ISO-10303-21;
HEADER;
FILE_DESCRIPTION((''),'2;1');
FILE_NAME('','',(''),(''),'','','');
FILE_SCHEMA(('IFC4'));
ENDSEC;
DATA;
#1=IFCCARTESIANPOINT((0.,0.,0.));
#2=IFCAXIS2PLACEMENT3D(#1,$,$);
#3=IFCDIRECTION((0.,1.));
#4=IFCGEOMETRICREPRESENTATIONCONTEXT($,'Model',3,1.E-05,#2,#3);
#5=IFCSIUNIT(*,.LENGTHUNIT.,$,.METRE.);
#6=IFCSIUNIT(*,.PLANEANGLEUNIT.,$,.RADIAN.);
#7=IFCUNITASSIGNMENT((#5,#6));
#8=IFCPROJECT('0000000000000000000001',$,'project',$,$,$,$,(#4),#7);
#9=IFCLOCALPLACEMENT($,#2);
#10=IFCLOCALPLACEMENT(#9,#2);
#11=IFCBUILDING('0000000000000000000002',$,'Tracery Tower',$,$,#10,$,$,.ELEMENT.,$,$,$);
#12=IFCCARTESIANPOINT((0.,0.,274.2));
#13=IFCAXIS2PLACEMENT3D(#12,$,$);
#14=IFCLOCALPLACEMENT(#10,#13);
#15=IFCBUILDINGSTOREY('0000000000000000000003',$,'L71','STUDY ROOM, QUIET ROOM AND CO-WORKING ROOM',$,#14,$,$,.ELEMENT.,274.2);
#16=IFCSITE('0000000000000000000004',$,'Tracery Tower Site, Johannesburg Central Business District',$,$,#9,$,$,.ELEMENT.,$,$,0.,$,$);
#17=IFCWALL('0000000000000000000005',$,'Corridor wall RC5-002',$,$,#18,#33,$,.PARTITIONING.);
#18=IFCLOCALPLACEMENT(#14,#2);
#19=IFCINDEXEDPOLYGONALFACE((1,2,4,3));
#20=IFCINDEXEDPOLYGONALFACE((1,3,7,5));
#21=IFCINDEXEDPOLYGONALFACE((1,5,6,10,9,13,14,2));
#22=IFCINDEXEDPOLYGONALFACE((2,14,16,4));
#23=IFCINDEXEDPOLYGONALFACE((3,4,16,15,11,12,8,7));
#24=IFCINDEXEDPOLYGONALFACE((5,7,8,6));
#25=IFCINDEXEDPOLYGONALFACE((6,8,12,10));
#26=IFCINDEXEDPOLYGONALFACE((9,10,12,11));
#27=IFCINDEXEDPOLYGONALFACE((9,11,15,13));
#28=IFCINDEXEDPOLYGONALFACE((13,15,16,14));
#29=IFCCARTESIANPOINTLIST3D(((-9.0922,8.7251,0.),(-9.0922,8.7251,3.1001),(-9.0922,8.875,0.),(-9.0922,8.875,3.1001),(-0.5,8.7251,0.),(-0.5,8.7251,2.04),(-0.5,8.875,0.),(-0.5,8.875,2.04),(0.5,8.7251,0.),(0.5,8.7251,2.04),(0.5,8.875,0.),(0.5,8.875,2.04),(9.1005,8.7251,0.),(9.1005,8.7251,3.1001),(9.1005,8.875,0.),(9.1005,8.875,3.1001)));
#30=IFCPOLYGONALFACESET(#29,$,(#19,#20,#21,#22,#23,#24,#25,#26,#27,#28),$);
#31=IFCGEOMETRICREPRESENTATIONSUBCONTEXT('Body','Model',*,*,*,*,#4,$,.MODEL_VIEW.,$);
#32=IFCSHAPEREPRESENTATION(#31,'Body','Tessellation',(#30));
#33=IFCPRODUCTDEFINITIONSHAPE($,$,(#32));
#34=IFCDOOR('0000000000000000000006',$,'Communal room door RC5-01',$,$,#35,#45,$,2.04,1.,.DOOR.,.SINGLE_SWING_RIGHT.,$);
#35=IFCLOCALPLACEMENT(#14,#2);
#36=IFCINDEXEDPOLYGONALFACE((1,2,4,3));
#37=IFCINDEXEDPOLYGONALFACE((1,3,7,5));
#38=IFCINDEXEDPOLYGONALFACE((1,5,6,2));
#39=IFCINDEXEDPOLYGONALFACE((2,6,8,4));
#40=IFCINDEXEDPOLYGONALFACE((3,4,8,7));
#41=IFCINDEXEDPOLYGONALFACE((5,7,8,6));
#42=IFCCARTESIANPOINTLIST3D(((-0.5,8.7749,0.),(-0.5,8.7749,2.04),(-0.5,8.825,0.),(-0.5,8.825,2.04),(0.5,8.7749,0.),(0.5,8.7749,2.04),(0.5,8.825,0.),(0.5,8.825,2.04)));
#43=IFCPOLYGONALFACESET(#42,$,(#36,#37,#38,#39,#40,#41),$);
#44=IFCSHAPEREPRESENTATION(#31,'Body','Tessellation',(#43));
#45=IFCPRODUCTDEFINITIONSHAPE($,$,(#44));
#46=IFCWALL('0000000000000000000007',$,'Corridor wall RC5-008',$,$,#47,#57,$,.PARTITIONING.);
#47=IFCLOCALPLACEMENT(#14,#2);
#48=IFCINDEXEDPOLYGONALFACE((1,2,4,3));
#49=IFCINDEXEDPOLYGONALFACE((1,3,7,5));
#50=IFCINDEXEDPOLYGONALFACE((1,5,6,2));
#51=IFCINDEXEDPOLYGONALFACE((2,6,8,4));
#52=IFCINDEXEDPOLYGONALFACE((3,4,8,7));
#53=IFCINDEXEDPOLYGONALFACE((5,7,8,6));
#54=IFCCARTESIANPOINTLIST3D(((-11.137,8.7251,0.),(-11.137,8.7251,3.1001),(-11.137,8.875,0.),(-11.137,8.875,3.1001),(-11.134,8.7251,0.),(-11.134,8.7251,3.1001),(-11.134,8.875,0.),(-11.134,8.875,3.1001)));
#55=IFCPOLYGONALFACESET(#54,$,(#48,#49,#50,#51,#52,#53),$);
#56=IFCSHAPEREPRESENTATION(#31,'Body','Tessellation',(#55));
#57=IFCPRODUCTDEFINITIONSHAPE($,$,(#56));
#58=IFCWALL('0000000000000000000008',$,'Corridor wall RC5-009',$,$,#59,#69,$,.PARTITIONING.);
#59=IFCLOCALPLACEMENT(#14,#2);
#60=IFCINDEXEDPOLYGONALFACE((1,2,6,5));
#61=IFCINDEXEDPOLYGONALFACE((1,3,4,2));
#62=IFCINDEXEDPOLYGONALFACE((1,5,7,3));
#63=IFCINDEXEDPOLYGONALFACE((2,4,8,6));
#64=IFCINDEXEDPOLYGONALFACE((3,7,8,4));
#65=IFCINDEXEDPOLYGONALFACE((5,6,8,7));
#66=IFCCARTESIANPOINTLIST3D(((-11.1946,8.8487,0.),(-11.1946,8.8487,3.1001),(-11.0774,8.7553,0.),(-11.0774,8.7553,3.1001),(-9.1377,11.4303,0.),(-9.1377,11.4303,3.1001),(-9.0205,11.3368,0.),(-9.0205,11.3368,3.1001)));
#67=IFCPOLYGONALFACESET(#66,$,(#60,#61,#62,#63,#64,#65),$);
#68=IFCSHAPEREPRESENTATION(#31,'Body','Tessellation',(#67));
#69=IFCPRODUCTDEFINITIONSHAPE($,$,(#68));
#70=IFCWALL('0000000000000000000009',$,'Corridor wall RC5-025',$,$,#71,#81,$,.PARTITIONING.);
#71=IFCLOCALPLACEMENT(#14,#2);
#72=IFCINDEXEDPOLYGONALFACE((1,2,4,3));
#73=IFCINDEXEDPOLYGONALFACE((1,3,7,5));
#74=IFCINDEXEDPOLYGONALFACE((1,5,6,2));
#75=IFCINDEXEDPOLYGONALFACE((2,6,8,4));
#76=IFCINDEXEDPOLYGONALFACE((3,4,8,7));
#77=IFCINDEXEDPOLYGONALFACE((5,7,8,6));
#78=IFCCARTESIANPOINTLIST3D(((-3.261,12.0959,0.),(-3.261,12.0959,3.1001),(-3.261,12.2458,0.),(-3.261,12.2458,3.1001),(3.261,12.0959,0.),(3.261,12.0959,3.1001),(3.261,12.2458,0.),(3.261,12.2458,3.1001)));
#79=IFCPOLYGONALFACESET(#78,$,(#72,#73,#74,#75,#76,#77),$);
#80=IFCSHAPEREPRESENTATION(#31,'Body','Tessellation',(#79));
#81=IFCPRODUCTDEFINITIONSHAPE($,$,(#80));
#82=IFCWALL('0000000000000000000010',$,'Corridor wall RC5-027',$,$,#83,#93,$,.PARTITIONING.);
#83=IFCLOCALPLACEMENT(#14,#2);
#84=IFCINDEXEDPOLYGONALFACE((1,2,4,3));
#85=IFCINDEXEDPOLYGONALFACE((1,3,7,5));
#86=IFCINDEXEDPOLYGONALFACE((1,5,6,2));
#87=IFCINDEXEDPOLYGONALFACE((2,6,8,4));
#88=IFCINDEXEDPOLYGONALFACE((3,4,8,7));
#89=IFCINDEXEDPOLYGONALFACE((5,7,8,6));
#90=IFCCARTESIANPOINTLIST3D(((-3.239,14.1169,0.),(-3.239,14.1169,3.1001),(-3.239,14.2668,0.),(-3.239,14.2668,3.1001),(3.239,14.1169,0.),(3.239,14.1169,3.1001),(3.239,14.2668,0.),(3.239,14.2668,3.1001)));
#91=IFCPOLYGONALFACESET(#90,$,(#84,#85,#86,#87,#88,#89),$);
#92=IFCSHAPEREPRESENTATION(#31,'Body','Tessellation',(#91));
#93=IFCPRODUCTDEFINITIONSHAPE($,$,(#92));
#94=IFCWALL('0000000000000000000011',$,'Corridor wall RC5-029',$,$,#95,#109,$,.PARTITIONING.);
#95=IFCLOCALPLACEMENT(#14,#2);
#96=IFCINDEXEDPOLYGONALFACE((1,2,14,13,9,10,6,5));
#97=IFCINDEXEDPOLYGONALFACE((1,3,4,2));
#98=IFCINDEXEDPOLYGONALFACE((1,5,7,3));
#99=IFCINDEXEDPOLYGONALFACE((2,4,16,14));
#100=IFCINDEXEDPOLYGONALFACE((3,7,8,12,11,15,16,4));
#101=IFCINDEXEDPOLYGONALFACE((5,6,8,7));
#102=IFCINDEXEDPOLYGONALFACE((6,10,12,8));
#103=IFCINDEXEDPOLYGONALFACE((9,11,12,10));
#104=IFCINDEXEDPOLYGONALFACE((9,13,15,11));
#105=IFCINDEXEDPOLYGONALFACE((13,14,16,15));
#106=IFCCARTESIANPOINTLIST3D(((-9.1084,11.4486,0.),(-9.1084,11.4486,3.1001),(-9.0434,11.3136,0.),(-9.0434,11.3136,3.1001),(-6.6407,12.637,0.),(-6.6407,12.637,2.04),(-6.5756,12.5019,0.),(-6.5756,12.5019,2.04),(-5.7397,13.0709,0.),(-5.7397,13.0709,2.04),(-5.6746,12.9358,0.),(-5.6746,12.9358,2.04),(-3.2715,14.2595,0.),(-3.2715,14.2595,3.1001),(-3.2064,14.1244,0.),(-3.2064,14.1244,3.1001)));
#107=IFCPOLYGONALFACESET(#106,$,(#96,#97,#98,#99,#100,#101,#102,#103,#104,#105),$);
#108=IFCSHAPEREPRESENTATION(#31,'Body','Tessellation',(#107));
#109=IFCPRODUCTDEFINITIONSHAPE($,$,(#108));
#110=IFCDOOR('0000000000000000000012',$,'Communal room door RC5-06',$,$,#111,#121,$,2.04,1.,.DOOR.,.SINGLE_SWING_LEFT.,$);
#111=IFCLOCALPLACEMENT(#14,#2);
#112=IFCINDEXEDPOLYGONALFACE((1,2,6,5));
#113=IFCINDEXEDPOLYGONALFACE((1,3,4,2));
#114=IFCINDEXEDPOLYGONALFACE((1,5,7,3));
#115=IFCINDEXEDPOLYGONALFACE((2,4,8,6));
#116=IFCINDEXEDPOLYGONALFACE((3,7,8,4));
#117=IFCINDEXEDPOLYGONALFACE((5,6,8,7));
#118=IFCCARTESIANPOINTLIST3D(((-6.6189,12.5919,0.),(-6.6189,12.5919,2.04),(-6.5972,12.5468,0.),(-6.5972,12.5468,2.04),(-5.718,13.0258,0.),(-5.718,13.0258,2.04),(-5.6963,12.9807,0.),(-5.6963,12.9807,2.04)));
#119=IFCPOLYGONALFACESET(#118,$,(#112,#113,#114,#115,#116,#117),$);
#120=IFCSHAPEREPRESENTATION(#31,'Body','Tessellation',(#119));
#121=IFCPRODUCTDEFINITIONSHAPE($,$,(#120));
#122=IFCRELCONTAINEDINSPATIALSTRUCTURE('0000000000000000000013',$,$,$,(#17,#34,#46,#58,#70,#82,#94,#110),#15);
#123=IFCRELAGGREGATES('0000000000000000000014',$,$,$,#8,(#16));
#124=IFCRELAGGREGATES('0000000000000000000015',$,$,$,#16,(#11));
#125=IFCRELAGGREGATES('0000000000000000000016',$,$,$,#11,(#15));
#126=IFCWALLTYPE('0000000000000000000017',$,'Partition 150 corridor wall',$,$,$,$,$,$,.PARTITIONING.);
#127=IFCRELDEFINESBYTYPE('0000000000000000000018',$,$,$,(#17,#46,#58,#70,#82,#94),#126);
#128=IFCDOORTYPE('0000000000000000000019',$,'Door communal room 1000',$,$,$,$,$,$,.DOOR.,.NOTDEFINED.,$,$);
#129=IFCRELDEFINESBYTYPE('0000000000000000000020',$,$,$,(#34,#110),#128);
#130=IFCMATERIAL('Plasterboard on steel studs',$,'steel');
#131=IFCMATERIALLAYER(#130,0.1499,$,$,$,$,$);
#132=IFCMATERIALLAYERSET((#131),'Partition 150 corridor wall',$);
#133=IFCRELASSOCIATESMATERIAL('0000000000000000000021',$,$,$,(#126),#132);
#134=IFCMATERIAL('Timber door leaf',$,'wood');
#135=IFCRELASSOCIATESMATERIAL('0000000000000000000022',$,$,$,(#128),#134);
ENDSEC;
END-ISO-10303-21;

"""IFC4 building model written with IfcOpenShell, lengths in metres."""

from ifc_helpers import new_model, si_unit, direction, frame, frame_2d, origin, place, context, subcontext, project, spatial, rectangle, extrude, material, layer, layer_set, type_object, element, fill, save


model = new_model("IFC4")

# Units and contexts
model_context = context("Model", 3, precision=1e-05, world=origin(), true_north=direction((0.0, 1.0)))
body_context = subcontext(model_context, "Body", "Model", "MODEL_VIEW")
ifc_project = project(units=[si_unit("LENGTHUNIT", "METRE"), si_unit("PLANEANGLEUNIT", "RADIAN")], contexts=[model_context])

# Site, building, storey
site_placement = place(None, origin())
site = spatial("IfcSite", under=ifc_project, at=site_placement, Name="Tracery Tower Site, Johannesburg Central Business District", CompositionType="ELEMENT", RefElevation=0.0)
building_placement = place(site_placement, origin())
building = spatial("IfcBuilding", under=site, at=building_placement, Name="Tracery Tower", CompositionType="ELEMENT")
storey_placement = place(building_placement, frame((0.0, 0.0, 274.2)))
storey = spatial("IfcBuildingStorey", under=building, at=storey_placement, Name="L71", Description="STUDY ROOM, QUIET ROOM AND CO-WORKING ROOM", CompositionType="ELEMENT", Elevation=274.2)

# Shared definitions
ifc_material_1 = material(Name="Plasterboard on steel studs", Category="steel")
ifc_layer_1 = layer(ifc_material_1, 0.1499)
ifc_layer_set_1 = layer_set([ifc_layer_1], Name="Partition 150 corridor wall")
wall_type_1 = type_object("IfcWallType", Name="Partition 150 corridor wall", PredefinedType="PARTITIONING", material=ifc_layer_set_1)

# Wall, opening, door
wall_1_placement = place(storey_placement, frame((-9.092, 8.8, 0.0), z_axis=(0.0, 0.0, 1.0), x_axis=(1.0, 0.0, 0.0)))
wall_1 = element("IfcWall", 1, at=wall_1_placement, inside=storey, type_object=wall_type_1, Name="Corridor wall RC5-002", PredefinedType="PARTITIONING", context=body_context, shape_type="SweptSolid", body=[
    extrude(rectangle(XDim=18.1926, YDim=0.1499, at=frame_2d((9.0962, 0.0))), origin(), (0.0, 0.0, 1.0), 3.1001),
])
opening_1_placement = place(wall_1_placement, frame((8.592, 0.0, 0.0)))
opening_1 = element("IfcOpeningElement", 2, at=opening_1_placement, cuts=wall_1, PredefinedType="OPENING", context=body_context, shape_type="SweptSolid", body=[
    extrude(rectangle(XDim=1.0, YDim=2.04, at=frame_2d((0.5, 1.02))), frame((0.0, 0.075, 0.0), z_axis=(0.0, -1.0, 0.0), x_axis=(1.0, 0.0, 0.0)), (0.0, 0.0, 1.0), 0.1499),
])
ifc_material_2 = material(Name="Timber door leaf", Category="wood")
door_type = type_object("IfcDoorType", Name="Door communal room 1000", OperationType="NOTDEFINED", PredefinedType="DOOR", material=ifc_material_2)
door_1_placement = place(opening_1_placement, origin())
door_1 = element("IfcDoor", 3, at=door_1_placement, inside=storey, type_object=door_type, Name="Communal room door RC5-01", OperationType="SINGLE_SWING_RIGHT", OverallHeight=2.04, OverallWidth=1.0, PredefinedType="DOOR", context=body_context, shape_type="SweptSolid", body=[
    extrude(rectangle(XDim=1.0, YDim=2.04, at=frame_2d((0.5, 1.02))), frame((0.0, 0.0249, 0.0), z_axis=(0.0, -1.0, 0.0), x_axis=(1.0, 0.0, 0.0)), (0.0, 0.0, 1.0), 0.05),
])
fill(opening_1, door_1)

# Walls
wall_2_placement = place(storey_placement, frame((-11.134, 8.8, 0.0), z_axis=(0.0, 0.0, 1.0), x_axis=(-1.0, 0.0, 0.0)))
element("IfcWall", 4, at=wall_2_placement, inside=storey, type_object=wall_type_1, Name="Corridor wall RC5-008", PredefinedType="PARTITIONING", context=body_context, shape_type="SweptSolid", body=[
    extrude(rectangle(XDim=0.0029, YDim=0.1499, at=frame_2d((0.0015, 0.0))), origin(), (0.0, 0.0, 1.0), 3.1001),
])
wall_3_placement = place(storey_placement, frame((-11.136, 8.802, 0.0), z_axis=(0.0, 0.0, 1.0), x_axis=(0.623151, 0.782101, 0.0)))
element("IfcWall", 5, at=wall_3_placement, inside=storey, type_object=wall_type_1, Name="Corridor wall RC5-009", PredefinedType="PARTITIONING", context=body_context, shape_type="SweptSolid", body=[
    extrude(rectangle(XDim=3.3008, YDim=0.1499, at=frame_2d((1.6504, 0.0))), origin(), (0.0, 0.0, 1.0), 3.1001),
])
wall_4_placement = place(storey_placement, frame((-3.261, 12.1709, 0.0), z_axis=(0.0, 0.0, 1.0), x_axis=(1.0, 0.0, 0.0)))
element("IfcWall", 6, at=wall_4_placement, inside=storey, type_object=wall_type_1, Name="Corridor wall RC5-025", PredefinedType="PARTITIONING", context=body_context, shape_type="SweptSolid", body=[
    extrude(rectangle(XDim=6.522, YDim=0.1499, at=frame_2d((3.261, 0.0))), origin(), (0.0, 0.0, 1.0), 3.1001),
])
wall_5_placement = place(storey_placement, frame((-3.239, 14.1919, 0.0), z_axis=(0.0, 0.0, 1.0), x_axis=(1.0, 0.0, 0.0)))
element("IfcWall", 7, at=wall_5_placement, inside=storey, type_object=wall_type_1, Name="Corridor wall RC5-027", PredefinedType="PARTITIONING", context=body_context, shape_type="SweptSolid", body=[
    extrude(rectangle(XDim=6.478, YDim=0.1499, at=frame_2d((3.239, 0.0))), origin(), (0.0, 0.0, 1.0), 3.1001),
])

# Wall, opening, door
wall_6_placement = place(storey_placement, frame((-9.0759, 11.3811, 0.0), z_axis=(0.0, 0.0, 1.0), x_axis=(0.900976, 0.433869, 0.0)))
wall_6 = element("IfcWall", 8, at=wall_6_placement, inside=storey, type_object=wall_type_1, Name="Corridor wall RC5-029", PredefinedType="PARTITIONING", context=body_context, shape_type="SweptSolid", body=[
    extrude(rectangle(XDim=6.4785, YDim=0.1499, at=frame_2d((3.2393, 0.0))), origin(), (0.0, 0.0, 1.0), 3.1001),
])
opening_2_placement = place(wall_6_placement, frame((2.739, 0.0, 0.0)))
opening_2 = element("IfcOpeningElement", 9, at=opening_2_placement, cuts=wall_6, PredefinedType="OPENING", context=body_context, shape_type="SweptSolid", body=[
    extrude(rectangle(XDim=1.0, YDim=2.04, at=frame_2d((0.5, 1.02))), frame((0.0, 0.075, 0.0), z_axis=(0.0, -1.0, 0.0), x_axis=(1.0, 0.0, 0.0)), (0.0, 0.0, 1.0), 0.1499),
])
door_2_placement = place(opening_2_placement, origin())
door_2 = element("IfcDoor", 10, at=door_2_placement, inside=storey, type_object=door_type, Name="Communal room door RC5-06", OperationType="SINGLE_SWING_LEFT", OverallHeight=2.04, OverallWidth=1.0, PredefinedType="DOOR", context=body_context, shape_type="SweptSolid", body=[
    extrude(rectangle(XDim=1.0, YDim=2.04, at=frame_2d((0.5, 1.02))), frame((0.0, 0.0249, 0.0), z_axis=(0.0, -1.0, 0.0), x_axis=(1.0, 0.0, 0.0)), (0.0, 0.0, 1.0), 0.05),
])
fill(opening_2, door_2)

save(model, "model.ifc")
